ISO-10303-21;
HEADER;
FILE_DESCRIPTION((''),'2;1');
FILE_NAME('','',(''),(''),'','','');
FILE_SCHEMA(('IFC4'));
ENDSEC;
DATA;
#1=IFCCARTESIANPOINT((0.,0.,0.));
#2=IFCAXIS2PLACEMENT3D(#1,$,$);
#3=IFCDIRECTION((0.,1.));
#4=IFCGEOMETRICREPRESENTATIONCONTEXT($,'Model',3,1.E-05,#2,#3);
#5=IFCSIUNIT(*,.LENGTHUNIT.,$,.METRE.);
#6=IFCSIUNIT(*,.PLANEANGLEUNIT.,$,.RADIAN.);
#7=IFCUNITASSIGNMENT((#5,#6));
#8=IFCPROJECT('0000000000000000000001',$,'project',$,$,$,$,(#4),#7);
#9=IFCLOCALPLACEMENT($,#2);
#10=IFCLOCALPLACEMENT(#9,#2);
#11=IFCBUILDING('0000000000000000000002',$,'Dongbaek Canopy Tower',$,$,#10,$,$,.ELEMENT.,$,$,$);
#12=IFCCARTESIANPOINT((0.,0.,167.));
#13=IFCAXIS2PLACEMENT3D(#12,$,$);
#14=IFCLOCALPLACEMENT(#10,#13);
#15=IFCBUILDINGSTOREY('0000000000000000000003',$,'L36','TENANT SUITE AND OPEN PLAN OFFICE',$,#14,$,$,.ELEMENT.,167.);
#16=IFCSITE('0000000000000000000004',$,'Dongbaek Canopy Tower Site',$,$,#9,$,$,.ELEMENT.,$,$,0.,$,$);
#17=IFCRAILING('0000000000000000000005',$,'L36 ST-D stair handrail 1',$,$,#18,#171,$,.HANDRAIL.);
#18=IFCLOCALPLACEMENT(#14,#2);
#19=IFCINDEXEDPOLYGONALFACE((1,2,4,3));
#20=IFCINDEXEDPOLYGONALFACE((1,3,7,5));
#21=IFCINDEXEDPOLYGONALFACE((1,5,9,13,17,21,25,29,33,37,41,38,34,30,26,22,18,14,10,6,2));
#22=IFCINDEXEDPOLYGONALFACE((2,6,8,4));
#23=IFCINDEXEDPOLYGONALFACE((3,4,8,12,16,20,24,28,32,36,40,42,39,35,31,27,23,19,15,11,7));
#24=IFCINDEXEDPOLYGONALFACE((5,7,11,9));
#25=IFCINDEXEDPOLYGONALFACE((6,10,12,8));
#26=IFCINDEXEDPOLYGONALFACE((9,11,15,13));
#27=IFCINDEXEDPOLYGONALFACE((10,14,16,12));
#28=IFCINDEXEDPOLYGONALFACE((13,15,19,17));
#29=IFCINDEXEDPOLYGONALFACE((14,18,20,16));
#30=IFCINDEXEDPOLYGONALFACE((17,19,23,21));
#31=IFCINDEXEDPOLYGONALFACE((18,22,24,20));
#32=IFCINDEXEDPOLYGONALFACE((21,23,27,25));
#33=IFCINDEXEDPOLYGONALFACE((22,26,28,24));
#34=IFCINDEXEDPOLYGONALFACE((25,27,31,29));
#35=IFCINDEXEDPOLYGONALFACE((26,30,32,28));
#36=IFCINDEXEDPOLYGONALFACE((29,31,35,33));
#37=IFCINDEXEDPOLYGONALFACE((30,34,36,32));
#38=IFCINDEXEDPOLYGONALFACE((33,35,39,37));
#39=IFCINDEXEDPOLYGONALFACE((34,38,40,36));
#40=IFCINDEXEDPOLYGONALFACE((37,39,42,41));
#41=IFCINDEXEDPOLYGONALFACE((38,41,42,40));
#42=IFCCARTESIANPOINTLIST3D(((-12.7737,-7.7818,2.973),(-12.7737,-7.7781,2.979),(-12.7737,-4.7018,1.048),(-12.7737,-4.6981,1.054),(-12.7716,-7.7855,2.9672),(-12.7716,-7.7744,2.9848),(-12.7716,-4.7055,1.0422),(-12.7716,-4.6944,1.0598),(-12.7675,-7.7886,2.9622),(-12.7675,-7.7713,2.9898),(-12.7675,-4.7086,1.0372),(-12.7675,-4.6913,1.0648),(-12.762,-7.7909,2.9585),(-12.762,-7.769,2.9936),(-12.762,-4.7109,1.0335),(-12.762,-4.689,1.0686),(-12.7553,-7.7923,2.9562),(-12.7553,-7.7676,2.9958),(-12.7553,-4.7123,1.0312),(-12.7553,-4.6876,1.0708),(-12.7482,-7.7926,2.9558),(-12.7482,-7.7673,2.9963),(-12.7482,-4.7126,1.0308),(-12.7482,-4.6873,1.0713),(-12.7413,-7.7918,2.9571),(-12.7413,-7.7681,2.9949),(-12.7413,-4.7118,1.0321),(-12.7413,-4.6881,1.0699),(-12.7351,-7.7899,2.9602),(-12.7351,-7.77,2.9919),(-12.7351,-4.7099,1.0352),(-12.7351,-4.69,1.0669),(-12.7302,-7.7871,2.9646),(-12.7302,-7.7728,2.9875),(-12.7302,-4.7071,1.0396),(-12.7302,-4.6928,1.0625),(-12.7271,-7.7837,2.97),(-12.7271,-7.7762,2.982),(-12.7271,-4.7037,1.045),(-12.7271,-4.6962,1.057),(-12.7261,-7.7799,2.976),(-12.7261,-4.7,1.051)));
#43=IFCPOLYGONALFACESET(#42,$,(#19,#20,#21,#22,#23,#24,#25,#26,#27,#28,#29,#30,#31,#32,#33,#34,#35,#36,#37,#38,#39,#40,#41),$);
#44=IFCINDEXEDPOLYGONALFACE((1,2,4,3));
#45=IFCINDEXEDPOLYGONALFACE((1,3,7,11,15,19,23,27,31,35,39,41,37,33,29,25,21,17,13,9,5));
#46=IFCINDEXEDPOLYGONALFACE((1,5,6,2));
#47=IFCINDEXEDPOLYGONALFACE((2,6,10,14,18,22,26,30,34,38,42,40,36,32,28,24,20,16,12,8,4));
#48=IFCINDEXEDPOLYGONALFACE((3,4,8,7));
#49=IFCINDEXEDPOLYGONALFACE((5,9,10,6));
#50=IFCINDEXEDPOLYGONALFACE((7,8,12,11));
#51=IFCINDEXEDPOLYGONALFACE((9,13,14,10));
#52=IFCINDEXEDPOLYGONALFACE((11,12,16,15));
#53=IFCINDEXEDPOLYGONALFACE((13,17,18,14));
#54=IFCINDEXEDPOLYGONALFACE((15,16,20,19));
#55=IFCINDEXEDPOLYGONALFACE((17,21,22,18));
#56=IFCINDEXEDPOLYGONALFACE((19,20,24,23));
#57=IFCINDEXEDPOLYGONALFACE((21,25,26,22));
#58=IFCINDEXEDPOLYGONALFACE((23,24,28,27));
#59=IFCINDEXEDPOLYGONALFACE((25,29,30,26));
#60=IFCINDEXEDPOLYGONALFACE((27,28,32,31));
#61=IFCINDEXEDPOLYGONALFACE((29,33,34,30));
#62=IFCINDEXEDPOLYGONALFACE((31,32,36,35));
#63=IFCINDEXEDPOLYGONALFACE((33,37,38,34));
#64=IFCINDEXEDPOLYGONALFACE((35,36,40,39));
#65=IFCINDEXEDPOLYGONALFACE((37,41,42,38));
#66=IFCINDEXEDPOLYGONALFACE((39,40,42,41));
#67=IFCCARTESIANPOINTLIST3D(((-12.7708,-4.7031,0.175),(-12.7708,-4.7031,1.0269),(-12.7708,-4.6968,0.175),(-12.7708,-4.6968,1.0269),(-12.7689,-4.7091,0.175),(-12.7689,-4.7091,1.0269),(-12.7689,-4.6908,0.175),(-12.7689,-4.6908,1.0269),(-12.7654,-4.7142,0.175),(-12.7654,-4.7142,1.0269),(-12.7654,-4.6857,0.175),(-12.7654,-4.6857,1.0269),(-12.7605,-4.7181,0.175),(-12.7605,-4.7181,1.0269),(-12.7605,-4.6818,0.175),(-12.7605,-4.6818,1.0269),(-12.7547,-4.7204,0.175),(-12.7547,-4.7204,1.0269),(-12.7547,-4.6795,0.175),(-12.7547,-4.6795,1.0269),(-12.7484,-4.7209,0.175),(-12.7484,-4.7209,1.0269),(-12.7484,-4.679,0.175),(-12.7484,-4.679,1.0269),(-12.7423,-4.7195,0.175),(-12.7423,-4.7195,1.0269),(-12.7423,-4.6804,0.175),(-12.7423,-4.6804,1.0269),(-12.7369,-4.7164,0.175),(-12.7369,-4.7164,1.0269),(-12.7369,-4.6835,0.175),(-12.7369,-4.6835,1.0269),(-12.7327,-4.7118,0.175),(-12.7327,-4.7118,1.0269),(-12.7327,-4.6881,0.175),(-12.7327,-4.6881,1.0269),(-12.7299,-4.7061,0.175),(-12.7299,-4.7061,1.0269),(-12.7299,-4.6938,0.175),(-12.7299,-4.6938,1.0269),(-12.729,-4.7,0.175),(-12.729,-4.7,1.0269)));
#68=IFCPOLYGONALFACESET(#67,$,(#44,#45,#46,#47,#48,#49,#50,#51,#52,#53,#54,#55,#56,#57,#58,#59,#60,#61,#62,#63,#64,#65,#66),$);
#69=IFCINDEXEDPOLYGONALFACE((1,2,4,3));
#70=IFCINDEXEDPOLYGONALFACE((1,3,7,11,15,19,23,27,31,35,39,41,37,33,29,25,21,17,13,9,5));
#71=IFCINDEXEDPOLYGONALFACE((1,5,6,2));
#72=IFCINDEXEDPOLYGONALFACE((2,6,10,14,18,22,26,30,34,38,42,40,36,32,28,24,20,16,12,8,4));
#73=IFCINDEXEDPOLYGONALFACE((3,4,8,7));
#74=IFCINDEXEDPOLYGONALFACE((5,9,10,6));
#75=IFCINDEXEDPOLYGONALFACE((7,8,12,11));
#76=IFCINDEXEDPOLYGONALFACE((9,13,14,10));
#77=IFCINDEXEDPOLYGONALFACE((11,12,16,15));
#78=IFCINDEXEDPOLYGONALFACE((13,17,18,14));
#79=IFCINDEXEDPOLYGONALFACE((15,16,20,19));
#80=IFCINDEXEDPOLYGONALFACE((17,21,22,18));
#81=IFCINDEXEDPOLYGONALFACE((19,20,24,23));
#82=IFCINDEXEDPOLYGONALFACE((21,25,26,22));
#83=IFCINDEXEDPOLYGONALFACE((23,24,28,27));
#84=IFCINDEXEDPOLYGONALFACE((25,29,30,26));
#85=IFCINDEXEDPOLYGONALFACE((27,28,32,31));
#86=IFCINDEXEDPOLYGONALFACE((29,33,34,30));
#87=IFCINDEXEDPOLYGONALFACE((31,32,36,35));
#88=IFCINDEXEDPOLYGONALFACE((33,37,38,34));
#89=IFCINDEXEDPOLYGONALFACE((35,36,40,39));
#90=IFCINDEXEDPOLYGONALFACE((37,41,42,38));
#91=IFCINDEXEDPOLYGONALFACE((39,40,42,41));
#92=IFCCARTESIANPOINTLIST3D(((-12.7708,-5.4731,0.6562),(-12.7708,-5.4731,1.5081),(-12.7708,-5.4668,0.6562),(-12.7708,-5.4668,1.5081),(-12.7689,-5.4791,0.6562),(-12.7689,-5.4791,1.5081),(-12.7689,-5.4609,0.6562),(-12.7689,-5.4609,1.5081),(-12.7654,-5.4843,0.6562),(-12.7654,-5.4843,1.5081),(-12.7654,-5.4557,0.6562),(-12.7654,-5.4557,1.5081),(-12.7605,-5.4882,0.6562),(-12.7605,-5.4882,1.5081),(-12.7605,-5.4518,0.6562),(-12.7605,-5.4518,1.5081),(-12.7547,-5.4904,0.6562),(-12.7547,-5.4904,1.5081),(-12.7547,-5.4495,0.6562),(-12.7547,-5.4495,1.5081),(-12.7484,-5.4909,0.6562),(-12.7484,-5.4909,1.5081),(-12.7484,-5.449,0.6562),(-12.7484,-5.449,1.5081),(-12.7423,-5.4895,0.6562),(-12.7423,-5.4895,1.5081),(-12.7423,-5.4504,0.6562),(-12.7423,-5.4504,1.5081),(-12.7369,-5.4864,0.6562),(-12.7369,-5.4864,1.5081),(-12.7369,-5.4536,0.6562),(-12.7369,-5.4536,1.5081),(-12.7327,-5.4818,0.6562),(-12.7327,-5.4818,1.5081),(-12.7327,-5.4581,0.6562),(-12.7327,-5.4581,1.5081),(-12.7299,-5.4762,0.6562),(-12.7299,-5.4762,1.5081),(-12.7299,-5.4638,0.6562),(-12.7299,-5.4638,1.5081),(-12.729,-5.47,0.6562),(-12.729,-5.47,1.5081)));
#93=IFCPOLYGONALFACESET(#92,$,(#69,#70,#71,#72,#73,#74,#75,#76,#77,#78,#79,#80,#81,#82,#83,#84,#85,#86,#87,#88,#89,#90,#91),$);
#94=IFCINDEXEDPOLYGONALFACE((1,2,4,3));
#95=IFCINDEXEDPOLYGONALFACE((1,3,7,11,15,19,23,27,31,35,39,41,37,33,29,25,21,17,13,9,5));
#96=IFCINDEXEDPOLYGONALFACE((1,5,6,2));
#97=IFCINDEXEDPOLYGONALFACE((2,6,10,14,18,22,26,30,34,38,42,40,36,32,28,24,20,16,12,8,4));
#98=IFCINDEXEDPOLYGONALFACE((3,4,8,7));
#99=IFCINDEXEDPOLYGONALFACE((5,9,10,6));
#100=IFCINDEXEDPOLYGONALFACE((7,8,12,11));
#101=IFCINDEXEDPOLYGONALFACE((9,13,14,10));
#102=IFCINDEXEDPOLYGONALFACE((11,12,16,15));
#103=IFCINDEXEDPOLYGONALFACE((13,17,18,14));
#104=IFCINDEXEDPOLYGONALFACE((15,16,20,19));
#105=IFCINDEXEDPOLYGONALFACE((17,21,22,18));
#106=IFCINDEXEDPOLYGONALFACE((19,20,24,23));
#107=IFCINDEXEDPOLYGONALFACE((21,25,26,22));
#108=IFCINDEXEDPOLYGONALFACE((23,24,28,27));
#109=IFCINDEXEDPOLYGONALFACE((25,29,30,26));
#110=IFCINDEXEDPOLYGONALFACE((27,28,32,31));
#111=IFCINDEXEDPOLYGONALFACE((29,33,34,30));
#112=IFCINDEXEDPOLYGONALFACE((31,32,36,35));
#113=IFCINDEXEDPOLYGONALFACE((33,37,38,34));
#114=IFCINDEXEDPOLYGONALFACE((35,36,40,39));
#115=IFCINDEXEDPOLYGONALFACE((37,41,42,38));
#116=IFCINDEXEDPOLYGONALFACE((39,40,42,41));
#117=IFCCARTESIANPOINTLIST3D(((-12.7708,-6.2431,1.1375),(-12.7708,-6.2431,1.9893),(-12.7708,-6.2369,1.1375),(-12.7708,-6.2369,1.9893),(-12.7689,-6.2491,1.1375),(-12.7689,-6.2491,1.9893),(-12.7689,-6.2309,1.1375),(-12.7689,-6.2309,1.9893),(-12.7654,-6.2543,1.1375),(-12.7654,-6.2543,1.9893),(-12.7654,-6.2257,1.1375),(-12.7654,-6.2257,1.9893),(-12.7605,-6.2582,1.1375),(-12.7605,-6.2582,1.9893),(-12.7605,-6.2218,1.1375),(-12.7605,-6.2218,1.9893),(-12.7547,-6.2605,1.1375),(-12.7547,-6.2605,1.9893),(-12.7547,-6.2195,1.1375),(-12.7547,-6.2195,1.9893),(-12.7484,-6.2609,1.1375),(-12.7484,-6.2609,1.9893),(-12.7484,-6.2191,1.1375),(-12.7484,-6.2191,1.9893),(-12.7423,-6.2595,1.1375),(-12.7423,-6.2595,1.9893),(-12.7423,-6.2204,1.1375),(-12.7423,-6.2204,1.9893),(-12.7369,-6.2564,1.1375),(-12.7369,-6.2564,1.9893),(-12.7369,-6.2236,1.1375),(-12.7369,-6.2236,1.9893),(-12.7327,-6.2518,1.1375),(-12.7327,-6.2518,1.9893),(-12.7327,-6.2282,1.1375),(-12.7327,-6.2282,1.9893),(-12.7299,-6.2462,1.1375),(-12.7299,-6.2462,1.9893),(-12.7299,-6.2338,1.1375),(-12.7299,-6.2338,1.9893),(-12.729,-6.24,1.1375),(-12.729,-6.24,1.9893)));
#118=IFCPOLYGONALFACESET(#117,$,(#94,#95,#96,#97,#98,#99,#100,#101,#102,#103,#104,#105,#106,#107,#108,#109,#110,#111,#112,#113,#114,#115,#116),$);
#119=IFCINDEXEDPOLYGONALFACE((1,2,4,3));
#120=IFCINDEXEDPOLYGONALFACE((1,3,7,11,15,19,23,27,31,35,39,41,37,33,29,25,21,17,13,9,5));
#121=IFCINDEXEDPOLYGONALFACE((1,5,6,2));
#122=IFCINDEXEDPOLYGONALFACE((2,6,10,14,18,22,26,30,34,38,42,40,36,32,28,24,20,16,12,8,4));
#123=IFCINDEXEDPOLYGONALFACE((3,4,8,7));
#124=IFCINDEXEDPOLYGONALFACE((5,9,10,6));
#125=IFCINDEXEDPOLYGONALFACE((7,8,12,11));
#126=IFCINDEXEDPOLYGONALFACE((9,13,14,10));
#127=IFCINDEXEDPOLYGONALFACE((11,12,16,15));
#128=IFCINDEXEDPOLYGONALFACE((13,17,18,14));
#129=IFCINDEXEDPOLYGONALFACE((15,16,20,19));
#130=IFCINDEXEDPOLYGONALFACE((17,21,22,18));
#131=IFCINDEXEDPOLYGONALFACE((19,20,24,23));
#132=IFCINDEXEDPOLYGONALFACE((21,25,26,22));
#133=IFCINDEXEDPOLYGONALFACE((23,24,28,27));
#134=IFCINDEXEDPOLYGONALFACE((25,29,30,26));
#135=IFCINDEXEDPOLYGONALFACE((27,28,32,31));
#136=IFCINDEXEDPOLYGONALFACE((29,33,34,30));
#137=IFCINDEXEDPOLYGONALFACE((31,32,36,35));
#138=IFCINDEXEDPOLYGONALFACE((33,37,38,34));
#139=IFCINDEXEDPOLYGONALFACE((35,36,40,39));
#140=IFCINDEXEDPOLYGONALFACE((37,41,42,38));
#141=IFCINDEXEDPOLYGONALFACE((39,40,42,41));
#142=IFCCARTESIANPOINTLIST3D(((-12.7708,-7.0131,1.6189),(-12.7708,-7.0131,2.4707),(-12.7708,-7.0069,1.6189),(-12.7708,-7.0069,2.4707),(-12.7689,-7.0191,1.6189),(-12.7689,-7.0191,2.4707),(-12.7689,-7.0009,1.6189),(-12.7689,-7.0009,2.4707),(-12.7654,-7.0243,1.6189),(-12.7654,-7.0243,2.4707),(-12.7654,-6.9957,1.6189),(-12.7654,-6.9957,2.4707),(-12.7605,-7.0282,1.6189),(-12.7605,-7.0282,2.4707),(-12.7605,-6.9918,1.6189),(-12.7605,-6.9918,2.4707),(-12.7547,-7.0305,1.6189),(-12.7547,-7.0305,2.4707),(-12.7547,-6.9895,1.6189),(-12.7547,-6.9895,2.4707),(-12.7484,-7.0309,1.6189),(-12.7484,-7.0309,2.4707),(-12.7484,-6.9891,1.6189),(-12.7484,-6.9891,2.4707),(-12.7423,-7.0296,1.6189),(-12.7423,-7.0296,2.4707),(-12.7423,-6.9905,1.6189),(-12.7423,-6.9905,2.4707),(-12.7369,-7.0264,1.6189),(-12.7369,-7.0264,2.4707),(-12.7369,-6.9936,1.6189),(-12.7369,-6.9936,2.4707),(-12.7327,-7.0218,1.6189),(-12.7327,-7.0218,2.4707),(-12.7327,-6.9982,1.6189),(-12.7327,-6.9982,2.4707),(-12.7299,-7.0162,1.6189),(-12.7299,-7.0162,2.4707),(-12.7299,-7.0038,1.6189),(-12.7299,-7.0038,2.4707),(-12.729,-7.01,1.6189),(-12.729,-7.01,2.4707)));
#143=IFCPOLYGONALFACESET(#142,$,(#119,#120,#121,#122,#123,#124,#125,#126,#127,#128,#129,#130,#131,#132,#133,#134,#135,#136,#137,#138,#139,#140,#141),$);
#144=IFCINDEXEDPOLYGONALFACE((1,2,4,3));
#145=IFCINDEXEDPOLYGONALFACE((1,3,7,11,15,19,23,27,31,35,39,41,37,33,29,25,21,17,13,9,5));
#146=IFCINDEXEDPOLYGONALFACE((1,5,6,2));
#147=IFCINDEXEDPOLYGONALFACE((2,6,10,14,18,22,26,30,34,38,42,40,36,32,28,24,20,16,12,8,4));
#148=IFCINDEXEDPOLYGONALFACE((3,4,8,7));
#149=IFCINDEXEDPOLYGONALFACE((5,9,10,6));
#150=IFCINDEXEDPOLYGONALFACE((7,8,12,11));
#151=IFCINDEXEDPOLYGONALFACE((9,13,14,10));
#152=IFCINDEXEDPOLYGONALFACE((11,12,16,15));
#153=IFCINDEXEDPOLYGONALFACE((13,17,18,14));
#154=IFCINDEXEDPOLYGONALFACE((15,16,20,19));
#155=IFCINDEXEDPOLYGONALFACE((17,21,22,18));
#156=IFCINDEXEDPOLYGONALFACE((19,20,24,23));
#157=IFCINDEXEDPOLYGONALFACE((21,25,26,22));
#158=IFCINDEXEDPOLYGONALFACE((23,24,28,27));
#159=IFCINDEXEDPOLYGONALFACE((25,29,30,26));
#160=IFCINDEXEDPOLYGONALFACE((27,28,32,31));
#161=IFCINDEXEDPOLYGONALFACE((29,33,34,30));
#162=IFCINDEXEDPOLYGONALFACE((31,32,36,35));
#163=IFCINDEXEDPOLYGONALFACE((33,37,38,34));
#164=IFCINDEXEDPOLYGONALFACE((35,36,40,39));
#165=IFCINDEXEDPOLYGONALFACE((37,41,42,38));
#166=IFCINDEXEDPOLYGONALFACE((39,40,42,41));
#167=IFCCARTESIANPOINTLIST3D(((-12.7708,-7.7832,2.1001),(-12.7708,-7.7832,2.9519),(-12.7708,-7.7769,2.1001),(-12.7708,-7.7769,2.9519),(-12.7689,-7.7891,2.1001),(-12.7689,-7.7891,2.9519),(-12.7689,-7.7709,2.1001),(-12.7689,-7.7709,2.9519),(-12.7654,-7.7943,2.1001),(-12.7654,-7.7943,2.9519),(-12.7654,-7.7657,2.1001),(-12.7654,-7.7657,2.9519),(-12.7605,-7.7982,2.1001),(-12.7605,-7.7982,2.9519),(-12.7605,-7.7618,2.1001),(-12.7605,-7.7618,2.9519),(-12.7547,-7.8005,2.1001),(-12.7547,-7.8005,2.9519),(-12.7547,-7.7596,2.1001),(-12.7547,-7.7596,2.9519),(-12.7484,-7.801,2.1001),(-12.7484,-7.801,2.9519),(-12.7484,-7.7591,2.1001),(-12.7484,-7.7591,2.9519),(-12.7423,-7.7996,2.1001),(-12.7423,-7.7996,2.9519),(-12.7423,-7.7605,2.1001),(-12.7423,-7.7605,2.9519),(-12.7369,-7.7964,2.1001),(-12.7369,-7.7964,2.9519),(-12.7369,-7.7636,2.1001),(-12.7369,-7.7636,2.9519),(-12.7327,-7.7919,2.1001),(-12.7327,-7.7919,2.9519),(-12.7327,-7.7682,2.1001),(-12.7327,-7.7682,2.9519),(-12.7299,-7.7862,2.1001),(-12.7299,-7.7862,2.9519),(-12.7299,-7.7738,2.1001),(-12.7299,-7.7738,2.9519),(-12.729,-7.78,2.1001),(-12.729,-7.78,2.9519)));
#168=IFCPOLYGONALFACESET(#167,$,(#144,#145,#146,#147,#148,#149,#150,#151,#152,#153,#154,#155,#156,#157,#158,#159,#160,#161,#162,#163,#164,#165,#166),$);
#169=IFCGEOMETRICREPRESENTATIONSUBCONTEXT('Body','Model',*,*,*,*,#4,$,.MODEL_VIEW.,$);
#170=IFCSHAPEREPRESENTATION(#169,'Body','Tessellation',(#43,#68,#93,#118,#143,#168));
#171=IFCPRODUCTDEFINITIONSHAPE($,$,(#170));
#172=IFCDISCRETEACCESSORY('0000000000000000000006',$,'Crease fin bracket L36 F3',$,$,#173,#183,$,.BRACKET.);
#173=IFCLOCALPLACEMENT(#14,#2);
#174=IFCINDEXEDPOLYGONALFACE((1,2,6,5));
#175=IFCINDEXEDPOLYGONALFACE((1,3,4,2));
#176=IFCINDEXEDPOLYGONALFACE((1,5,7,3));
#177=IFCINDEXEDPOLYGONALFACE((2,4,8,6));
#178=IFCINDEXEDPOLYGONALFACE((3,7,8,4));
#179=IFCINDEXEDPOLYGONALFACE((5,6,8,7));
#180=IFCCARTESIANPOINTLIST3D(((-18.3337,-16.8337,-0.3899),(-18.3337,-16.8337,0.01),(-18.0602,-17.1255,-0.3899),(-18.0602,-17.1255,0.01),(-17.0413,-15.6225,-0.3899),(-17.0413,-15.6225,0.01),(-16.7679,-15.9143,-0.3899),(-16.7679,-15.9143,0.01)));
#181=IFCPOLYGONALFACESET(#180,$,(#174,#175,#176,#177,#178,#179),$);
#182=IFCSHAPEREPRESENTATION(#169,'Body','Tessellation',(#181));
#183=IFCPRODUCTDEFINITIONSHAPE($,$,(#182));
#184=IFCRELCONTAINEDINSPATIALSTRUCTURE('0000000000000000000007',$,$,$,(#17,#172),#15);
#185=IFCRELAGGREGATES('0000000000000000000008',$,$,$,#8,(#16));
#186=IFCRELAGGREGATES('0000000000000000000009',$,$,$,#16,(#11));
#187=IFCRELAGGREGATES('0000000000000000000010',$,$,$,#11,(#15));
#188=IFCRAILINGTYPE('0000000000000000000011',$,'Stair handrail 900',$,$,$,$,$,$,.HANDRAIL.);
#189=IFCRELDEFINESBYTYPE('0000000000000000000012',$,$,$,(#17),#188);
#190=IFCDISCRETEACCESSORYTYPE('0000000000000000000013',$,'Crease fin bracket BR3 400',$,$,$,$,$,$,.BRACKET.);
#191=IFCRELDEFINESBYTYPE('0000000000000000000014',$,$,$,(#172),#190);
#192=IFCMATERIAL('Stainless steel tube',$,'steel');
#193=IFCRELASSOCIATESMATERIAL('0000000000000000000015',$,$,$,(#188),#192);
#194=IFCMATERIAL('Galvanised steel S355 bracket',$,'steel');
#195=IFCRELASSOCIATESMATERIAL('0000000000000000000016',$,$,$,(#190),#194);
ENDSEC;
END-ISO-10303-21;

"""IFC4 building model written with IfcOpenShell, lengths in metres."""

from ifc_helpers import new_model, si_unit, direction, frame, origin, origin_2d, place, context, subcontext, project, spatial, rectangle, circle, extrude, material, type_object, element, save


model = new_model("IFC4")

# Units and contexts
model_context = context("Model", 3, precision=1e-05, world=origin(), true_north=direction((0.0, 1.0)))
body_context = subcontext(model_context, "Body", "Model", "MODEL_VIEW")
ifc_project = project(units=[si_unit("LENGTHUNIT", "METRE"), si_unit("PLANEANGLEUNIT", "RADIAN")], contexts=[model_context])

# Site, building, storey
site_placement = place(None, origin())
site = spatial("IfcSite", under=ifc_project, at=site_placement, Name="Dongbaek Canopy Tower Site", CompositionType="ELEMENT", RefElevation=0.0)
building_placement = place(site_placement, origin())
building = spatial("IfcBuilding", under=site, at=building_placement, Name="Dongbaek Canopy Tower", CompositionType="ELEMENT")
storey_placement = place(building_placement, frame((0.0, 0.0, 167.0)))
storey = spatial("IfcBuildingStorey", under=building, at=storey_placement, Name="L36", Description="TENANT SUITE AND OPEN PLAN OFFICE", CompositionType="ELEMENT", Elevation=167.0)

# Railing
ifc_material_1 = material(Name="Stainless steel tube", Category="steel")
railing_type = type_object("IfcRailingType", Name="Stair handrail 900", PredefinedType="HANDRAIL", material=ifc_material_1)
railing_placement = place(storey_placement, frame((-12.75, -4.7, 0.175)))
element("IfcRailing", 1, at=railing_placement, inside=storey, type_object=railing_type, Name="L36 ST-D stair handrail 1", PredefinedType="HANDRAIL", context=body_context, shape_type="SweptSolid", body=[
    extrude(circle(Radius=0.0239, at=origin_2d()), frame((0.0, 0.0, 0.876), z_axis=(0.0, -0.847998, 0.529999), x_axis=(1.0, 0.0, 0.0)), (0.0, 0.0, 1.0), 3.6321),
    extrude(circle(Radius=0.021, at=origin_2d()), origin(), (0.0, 0.0, 1.0), 0.8518),
    extrude(circle(Radius=0.021, at=origin_2d()), frame((0.0, -0.77, 0.4812)), (0.0, 0.0, 1.0), 0.8518),
    extrude(circle(Radius=0.021, at=origin_2d()), frame((0.0, -1.54, 0.9624)), (0.0, 0.0, 1.0), 0.8518),
    extrude(circle(Radius=0.021, at=origin_2d()), frame((0.0, -2.3101, 1.4438)), (0.0, 0.0, 1.0), 0.8518),
    extrude(circle(Radius=0.021, at=origin_2d()), frame((0.0, -3.0801, 1.925)), (0.0, 0.0, 1.0), 0.8518),
])

# Discrete accessory
ifc_material_2 = material(Name="Galvanised steel S355 bracket", Category="steel")
discrete_accessory_type = type_object("IfcDiscreteAccessoryType", Name="Crease fin bracket BR3 400", PredefinedType="BRACKET", material=ifc_material_2)
discrete_accessory_placement = place(storey_placement, frame((-17.5508, -16.374, -0.3899), z_axis=(0.0, 0.0, 1.0), x_axis=(-0.729649, -0.683822, 0.0)))
element("IfcDiscreteAccessory", 2, at=discrete_accessory_placement, inside=storey, type_object=discrete_accessory_type, Name="Crease fin bracket L36 F3", PredefinedType="BRACKET", context=body_context, shape_type="SweptSolid", body=[
    extrude(rectangle(XDim=1.7712, YDim=0.3999, at=origin_2d()), origin(), (0.0, 0.0, 1.0), 0.3999),
])

save(model, "model.ifc")
